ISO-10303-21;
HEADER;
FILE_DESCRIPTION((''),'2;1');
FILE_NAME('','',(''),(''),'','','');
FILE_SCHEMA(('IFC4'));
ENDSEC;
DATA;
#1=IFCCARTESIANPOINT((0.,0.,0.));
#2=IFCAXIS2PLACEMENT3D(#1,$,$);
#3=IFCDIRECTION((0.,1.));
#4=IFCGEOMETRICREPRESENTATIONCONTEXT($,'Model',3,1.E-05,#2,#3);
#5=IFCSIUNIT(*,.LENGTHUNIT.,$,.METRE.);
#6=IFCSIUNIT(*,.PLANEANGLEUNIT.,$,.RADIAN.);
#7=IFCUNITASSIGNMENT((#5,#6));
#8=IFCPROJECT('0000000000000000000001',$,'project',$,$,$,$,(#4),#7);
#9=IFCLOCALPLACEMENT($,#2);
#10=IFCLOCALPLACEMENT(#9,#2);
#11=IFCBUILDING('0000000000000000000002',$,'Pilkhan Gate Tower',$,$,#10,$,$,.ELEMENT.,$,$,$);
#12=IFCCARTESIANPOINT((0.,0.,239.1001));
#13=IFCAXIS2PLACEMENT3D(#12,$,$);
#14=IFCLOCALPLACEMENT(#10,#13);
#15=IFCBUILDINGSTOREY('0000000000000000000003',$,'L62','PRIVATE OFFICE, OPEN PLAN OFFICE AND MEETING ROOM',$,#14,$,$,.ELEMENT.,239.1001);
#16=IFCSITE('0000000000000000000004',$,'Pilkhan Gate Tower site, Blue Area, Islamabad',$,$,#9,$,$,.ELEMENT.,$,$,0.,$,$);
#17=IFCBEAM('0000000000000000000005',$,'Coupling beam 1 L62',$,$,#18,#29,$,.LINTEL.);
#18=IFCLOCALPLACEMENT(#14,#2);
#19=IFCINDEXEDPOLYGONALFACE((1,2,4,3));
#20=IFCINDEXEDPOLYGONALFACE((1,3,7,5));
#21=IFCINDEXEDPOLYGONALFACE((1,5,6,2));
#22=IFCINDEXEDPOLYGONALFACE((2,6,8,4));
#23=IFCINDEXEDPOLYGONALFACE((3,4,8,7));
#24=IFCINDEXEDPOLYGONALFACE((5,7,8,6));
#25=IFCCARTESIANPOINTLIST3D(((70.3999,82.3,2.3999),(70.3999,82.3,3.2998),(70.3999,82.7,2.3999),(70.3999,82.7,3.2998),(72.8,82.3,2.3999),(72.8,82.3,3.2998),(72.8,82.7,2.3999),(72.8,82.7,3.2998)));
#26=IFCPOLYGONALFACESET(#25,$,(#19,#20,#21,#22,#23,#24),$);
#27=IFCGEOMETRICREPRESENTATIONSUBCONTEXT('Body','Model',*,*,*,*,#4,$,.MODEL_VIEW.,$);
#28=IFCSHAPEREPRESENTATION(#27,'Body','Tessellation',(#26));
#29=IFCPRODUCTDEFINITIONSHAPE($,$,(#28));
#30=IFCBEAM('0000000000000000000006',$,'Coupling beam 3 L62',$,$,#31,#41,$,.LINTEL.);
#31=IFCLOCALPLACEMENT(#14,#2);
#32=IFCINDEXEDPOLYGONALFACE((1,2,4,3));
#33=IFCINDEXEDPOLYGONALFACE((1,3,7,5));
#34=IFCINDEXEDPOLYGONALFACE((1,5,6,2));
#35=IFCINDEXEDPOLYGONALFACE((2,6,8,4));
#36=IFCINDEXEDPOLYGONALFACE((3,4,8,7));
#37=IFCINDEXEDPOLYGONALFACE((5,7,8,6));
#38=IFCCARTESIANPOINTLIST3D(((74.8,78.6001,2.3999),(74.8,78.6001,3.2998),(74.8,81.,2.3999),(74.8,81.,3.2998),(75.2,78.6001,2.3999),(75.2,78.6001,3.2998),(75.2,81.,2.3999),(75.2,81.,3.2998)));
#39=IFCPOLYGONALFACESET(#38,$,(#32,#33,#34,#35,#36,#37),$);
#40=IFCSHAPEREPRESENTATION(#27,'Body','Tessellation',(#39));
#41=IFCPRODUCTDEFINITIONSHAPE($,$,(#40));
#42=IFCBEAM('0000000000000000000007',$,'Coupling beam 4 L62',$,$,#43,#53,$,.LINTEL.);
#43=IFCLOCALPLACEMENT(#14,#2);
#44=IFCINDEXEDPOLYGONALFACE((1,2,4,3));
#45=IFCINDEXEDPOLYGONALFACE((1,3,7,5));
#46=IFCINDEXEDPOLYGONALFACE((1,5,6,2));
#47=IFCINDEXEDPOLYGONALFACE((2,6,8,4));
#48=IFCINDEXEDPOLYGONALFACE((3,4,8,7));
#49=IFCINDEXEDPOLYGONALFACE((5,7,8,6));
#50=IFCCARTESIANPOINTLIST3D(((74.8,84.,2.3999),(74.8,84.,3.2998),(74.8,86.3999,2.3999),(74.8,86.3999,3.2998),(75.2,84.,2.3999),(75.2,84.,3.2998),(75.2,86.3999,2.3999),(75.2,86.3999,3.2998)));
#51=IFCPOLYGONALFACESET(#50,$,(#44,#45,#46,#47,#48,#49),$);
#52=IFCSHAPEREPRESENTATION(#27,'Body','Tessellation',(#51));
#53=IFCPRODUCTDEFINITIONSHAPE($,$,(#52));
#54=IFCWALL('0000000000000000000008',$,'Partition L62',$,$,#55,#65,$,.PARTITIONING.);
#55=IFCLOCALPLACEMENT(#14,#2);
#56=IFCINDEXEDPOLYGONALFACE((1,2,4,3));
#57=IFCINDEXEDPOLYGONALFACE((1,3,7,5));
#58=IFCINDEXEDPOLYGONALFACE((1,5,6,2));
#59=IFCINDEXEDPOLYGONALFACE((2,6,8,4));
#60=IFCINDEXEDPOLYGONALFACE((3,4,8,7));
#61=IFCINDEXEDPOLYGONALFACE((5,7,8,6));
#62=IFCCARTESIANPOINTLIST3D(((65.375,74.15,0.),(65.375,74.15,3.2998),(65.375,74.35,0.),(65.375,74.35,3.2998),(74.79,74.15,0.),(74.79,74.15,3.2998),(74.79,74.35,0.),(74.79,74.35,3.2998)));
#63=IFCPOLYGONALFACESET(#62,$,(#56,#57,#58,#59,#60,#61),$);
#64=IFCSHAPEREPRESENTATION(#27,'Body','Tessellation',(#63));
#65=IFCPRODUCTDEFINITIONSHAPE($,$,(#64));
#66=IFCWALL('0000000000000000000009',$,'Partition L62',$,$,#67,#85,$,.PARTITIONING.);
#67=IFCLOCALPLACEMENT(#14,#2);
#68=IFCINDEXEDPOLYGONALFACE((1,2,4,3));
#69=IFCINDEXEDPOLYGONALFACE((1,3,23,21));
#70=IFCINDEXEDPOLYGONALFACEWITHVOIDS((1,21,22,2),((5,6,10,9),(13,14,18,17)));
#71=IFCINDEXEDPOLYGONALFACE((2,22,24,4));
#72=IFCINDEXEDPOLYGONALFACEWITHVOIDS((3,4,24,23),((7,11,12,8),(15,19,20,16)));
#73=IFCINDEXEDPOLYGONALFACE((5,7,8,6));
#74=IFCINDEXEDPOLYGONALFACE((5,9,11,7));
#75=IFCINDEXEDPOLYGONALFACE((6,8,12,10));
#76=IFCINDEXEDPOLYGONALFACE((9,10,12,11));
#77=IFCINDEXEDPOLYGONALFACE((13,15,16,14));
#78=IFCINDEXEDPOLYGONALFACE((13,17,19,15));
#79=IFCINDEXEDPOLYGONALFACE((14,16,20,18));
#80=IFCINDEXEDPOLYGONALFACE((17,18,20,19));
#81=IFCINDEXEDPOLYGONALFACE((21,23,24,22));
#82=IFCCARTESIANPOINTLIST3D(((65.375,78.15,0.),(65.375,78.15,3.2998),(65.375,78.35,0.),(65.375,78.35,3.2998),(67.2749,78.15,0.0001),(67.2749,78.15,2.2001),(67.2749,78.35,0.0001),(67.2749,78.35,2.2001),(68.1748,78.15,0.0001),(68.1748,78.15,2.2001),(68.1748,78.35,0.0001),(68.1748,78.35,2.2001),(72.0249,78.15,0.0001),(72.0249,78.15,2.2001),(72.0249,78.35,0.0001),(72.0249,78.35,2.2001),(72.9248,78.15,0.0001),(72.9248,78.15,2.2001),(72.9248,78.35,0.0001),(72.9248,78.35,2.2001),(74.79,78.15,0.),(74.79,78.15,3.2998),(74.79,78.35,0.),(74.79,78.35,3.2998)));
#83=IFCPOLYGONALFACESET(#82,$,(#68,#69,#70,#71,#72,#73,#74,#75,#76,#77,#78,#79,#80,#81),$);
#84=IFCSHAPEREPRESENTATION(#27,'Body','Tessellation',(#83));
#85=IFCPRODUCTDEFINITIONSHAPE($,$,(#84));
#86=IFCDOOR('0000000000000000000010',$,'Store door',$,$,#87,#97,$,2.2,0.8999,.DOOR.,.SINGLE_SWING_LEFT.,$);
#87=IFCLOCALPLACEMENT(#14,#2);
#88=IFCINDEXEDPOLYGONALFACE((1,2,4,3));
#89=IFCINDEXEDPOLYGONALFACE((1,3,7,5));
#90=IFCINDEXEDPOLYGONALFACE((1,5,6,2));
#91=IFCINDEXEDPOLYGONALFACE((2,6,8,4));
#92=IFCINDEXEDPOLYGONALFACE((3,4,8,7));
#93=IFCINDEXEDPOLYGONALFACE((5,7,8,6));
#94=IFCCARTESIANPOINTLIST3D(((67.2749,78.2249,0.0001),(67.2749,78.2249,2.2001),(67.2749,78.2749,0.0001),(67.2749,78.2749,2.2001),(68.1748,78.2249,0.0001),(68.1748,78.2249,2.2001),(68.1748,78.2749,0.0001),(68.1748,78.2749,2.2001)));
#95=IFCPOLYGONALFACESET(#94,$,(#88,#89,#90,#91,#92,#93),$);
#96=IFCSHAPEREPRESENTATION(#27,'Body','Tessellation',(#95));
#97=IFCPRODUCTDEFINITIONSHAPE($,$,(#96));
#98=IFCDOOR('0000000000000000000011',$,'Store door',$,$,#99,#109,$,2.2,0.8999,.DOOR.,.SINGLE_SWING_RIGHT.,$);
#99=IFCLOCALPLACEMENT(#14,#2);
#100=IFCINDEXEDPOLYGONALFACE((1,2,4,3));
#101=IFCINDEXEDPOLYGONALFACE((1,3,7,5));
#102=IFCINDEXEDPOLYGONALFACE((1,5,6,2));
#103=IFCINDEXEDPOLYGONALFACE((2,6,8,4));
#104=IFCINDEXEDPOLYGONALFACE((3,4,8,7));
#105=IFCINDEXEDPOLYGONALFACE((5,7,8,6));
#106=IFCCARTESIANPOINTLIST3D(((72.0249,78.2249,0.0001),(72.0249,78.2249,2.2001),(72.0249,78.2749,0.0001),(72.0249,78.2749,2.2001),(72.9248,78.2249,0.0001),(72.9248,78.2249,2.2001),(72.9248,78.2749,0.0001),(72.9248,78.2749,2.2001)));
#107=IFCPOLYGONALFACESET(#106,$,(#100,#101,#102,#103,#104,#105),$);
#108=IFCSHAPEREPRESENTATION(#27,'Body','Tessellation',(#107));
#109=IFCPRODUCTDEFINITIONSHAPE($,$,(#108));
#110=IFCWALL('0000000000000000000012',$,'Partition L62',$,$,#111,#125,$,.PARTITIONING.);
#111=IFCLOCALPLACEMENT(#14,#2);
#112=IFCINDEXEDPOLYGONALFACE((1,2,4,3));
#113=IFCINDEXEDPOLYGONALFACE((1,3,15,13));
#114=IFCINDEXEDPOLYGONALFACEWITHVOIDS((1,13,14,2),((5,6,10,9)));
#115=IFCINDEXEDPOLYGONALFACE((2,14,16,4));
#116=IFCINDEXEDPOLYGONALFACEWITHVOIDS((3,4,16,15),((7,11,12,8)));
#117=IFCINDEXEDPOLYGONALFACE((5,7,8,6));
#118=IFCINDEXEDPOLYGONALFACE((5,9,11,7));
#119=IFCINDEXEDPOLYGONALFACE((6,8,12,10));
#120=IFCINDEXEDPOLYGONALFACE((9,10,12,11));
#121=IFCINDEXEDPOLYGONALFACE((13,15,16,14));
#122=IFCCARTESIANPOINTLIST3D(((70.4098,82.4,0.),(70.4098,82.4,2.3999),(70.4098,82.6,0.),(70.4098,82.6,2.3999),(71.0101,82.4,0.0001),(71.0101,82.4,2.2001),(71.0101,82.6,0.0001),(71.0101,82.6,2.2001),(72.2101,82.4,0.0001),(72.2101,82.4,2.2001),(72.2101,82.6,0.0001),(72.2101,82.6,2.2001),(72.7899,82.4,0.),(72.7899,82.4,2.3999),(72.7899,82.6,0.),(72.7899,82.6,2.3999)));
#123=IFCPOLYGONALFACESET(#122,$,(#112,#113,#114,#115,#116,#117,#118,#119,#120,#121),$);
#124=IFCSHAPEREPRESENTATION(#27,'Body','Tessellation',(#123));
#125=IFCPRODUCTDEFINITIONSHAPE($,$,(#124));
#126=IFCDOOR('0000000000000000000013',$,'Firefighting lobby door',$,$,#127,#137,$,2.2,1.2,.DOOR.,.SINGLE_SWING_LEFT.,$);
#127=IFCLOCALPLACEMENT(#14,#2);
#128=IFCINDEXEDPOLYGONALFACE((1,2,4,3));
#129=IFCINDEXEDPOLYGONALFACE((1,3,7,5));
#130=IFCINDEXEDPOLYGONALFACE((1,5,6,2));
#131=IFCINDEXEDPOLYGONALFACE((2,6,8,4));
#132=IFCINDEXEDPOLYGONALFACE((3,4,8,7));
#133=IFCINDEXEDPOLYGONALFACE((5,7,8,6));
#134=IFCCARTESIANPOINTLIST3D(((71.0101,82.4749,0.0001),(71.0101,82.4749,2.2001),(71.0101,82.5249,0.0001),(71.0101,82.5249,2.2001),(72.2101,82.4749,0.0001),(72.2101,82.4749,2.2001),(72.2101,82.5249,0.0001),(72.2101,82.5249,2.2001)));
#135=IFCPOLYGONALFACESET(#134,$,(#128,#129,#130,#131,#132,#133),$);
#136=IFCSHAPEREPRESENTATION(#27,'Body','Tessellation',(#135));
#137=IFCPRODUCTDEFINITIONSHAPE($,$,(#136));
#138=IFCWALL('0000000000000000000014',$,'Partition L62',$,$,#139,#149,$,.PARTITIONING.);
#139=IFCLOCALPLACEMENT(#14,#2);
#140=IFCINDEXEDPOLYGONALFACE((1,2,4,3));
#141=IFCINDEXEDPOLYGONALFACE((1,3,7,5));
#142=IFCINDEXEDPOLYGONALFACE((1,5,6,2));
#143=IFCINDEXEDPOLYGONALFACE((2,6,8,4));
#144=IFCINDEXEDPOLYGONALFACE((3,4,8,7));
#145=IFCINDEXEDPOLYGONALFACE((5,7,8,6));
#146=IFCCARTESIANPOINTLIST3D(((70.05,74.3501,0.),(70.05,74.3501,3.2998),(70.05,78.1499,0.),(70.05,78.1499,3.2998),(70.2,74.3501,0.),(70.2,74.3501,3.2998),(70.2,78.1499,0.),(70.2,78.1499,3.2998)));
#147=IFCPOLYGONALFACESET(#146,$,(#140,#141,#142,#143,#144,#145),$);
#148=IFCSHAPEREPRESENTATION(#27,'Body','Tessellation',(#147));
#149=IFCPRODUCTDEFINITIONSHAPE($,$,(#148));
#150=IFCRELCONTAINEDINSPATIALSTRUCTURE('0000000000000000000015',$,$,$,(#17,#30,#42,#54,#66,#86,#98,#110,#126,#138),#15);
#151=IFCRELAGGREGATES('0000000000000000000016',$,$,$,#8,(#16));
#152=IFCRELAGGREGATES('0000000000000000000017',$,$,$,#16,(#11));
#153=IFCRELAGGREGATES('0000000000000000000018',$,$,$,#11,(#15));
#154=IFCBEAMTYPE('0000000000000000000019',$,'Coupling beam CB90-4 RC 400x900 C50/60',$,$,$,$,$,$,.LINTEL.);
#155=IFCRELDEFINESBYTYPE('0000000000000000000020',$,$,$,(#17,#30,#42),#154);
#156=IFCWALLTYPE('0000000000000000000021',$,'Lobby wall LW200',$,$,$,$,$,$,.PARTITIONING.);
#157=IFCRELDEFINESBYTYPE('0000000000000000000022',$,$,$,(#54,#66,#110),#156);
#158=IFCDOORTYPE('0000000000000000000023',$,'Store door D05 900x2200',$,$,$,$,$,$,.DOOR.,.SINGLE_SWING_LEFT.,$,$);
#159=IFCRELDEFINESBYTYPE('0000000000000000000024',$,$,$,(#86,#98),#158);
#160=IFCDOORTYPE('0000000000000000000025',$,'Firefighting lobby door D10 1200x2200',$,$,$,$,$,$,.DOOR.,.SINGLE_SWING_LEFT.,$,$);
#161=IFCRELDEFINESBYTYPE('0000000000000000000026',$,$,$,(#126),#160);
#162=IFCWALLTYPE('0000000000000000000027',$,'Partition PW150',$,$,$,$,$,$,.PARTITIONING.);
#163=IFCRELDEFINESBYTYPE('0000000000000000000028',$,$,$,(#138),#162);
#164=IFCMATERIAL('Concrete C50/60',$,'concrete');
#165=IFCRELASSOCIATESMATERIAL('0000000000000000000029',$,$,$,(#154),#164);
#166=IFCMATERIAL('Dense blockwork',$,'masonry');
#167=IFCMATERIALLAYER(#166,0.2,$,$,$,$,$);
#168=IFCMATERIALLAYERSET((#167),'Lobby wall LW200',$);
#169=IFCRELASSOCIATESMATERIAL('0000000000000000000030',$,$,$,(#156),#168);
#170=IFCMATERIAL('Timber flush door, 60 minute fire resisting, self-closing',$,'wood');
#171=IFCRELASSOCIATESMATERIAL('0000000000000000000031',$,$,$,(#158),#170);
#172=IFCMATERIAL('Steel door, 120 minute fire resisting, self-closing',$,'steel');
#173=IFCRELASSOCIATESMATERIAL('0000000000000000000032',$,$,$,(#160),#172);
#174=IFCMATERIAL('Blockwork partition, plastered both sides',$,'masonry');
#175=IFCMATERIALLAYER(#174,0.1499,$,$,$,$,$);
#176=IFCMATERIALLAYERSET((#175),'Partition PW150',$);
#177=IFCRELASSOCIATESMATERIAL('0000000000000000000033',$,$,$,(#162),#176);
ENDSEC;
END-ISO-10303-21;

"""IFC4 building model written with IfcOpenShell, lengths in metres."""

from ifc_helpers import new_model, si_unit, direction, frame, frame_2d, origin, origin_2d, place, context, subcontext, project, spatial, rectangle, extrude, material, layer, layer_set, material_profile, profile_set, type_object, element, fill, save


model = new_model("IFC4")

# Units and contexts
model_context = context("Model", 3, precision=1e-05, world=origin(), true_north=direction((0.0, 1.0)))
body_context = subcontext(model_context, "Body", "Model", "MODEL_VIEW")
ifc_project = project(units=[si_unit("LENGTHUNIT", "METRE"), si_unit("PLANEANGLEUNIT", "RADIAN")], contexts=[model_context])

# Site, building, storey
site_placement = place(None, origin())
site = spatial("IfcSite", under=ifc_project, at=site_placement, Name="Pilkhan Gate Tower site, Blue Area, Islamabad", CompositionType="ELEMENT", RefElevation=0.0)
building_placement = place(site_placement, origin())
building = spatial("IfcBuilding", under=site, at=building_placement, Name="Pilkhan Gate Tower", CompositionType="ELEMENT")
storey_placement = place(building_placement, frame((0.0, 0.0, 239.1001)))
storey = spatial("IfcBuildingStorey", under=building, at=storey_placement, Name="L62", Description="PRIVATE OFFICE, OPEN PLAN OFFICE AND MEETING ROOM", CompositionType="ELEMENT", Elevation=239.1001)

# Beams
ifc_material_1 = material(Name="Concrete C50/60", Category="concrete")
ifc_material_profile = material_profile(ifc_material_1, rectangle(XDim=0.3999, YDim=0.8999, at=origin_2d()), Name="RC 400x900")
ifc_profile_set = profile_set([ifc_material_profile], Name="Concrete C50/60")
beam_type = type_object("IfcBeamType", Name="Coupling beam CB90-4 RC 400x900 C50/60", PredefinedType="LINTEL", material=ifc_profile_set)
beam_placement = place(storey_placement, frame((70.3999, 82.5, 2.8499), z_axis=(1.0, 0.0, 0.0), x_axis=(0.0, 1.0, 0.0)))
element("IfcBeam", 1, at=beam_placement, inside=storey, type_object=beam_type, Name="Coupling beam 1 L62", PredefinedType="LINTEL", context=body_context, shape_type="SweptSolid", body=[
    extrude(rectangle(XDim=0.3999, YDim=0.8999, at=origin_2d()), origin(), (0.0, 0.0, 1.0), 2.4001),
])
for number, where, z_axis, x_axis, name in (
    (2, (75.0, 78.6001, 2.8499), (0.0, 1.0, 0.0), (-1.0, 0.0, 0.0), "Coupling beam 3 L62"),
    (3, (75.0, 84.0, 2.8499), (0.0, 1.0, 0.0), (-1.0, 0.0, 0.0), "Coupling beam 4 L62"),
):
    element("IfcBeam", number, at=place(storey_placement, frame(where, z_axis=z_axis, x_axis=x_axis)), inside=storey, type_object=beam_type, Name=name, PredefinedType="LINTEL", context=body_context, shape_type="SweptSolid", body=[
        extrude(rectangle(XDim=0.3999, YDim=0.8999, at=origin_2d()), origin(), (0.0, 0.0, 1.0), 2.3999),
    ])

# Wall
ifc_material_2 = material(Name="Dense blockwork", Category="masonry")
ifc_layer_1 = layer(ifc_material_2, 0.2)
ifc_layer_set_1 = layer_set([ifc_layer_1], Name="Lobby wall LW200")
wall_type_1 = type_object("IfcWallType", Name="Lobby wall LW200", PredefinedType="PARTITIONING", material=ifc_layer_set_1)
wall_1_placement = place(storey_placement, frame((65.375, 74.25, 0.0), z_axis=(0.0, 0.0, 1.0), x_axis=(1.0, 0.0, 0.0)))
element("IfcWall", 4, at=wall_1_placement, inside=storey, type_object=wall_type_1, Name="Partition L62", PredefinedType="PARTITIONING", context=body_context, shape_type="SweptSolid", body=[
    extrude(rectangle(XDim=9.415, YDim=0.2, at=frame_2d((4.7075, 0.0))), origin(), (0.0, 0.0, 1.0), 3.2998),
])

# Wall, openings, doors
wall_2_placement = place(storey_placement, frame((65.375, 78.25, 0.0), z_axis=(0.0, 0.0, 1.0), x_axis=(1.0, 0.0, 0.0)))
wall_2 = element("IfcWall", 5, at=wall_2_placement, inside=storey, type_object=wall_type_1, Name="Partition L62", PredefinedType="PARTITIONING", context=body_context, shape_type="SweptSolid", body=[
    extrude(rectangle(XDim=9.415, YDim=0.2, at=frame_2d((4.7075, 0.0))), origin(), (0.0, 0.0, 1.0), 3.2998),
])
opening_1_placement = place(wall_2_placement, frame((1.8999, 0.0, 0.0)))
opening_1 = element("IfcOpeningElement", 6, at=opening_1_placement, cuts=wall_2, PredefinedType="OPENING", context=body_context, shape_type="SweptSolid", body=[
    extrude(rectangle(XDim=0.8999, YDim=2.2, at=frame_2d((0.45, 1.1001))), frame((0.0, 0.1099, 0.0), z_axis=(0.0, -1.0, 0.0), x_axis=(1.0, 0.0, 0.0)), (0.0, 0.0, 1.0), 0.22),
])
opening_2_placement = place(wall_2_placement, frame((6.6499, 0.0, 0.0)))
opening_2 = element("IfcOpeningElement", 7, at=opening_2_placement, cuts=wall_2, PredefinedType="OPENING", context=body_context, shape_type="SweptSolid", body=[
    extrude(rectangle(XDim=0.8999, YDim=2.2, at=frame_2d((0.45, 1.1001))), frame((0.0, 0.1099, 0.0), z_axis=(0.0, -1.0, 0.0), x_axis=(1.0, 0.0, 0.0)), (0.0, 0.0, 1.0), 0.22),
])
ifc_material_3 = material(Name="Timber flush door, 60 minute fire resisting, self-closing", Category="wood")
door_type_1 = type_object("IfcDoorType", Name="Store door D05 900x2200", OperationType="SINGLE_SWING_LEFT", PredefinedType="DOOR", material=ifc_material_3)
door_1_placement = place(opening_1_placement, origin())
door_1 = element("IfcDoor", 8, at=door_1_placement, inside=storey, type_object=door_type_1, Name="Store door", OperationType="SINGLE_SWING_LEFT", OverallHeight=2.2, OverallWidth=0.8999, PredefinedType="DOOR", context=body_context, shape_type="SweptSolid", body=[
    extrude(rectangle(XDim=0.8999, YDim=2.2, at=frame_2d((0.45, 1.1001))), frame((0.0, 0.0249, 0.0), z_axis=(0.0, -1.0, 0.0), x_axis=(1.0, 0.0, 0.0)), (0.0, 0.0, 1.0), 0.05),
])
fill(opening_1, door_1)
door_2_placement = place(opening_2_placement, origin())
door_2 = element("IfcDoor", 9, at=door_2_placement, inside=storey, type_object=door_type_1, Name="Store door", OperationType="SINGLE_SWING_RIGHT", OverallHeight=2.2, OverallWidth=0.8999, PredefinedType="DOOR", context=body_context, shape_type="SweptSolid", body=[
    extrude(rectangle(XDim=0.8999, YDim=2.2, at=frame_2d((0.45, 1.1001))), frame((0.0, 0.0249, 0.0), z_axis=(0.0, -1.0, 0.0), x_axis=(1.0, 0.0, 0.0)), (0.0, 0.0, 1.0), 0.05),
])
fill(opening_2, door_2)

# Wall, opening, door
wall_3_placement = place(storey_placement, frame((70.4099, 82.5, 0.0), z_axis=(0.0, 0.0, 1.0), x_axis=(1.0, 0.0, 0.0)))
wall_3 = element("IfcWall", 10, at=wall_3_placement, inside=storey, type_object=wall_type_1, Name="Partition L62", PredefinedType="PARTITIONING", context=body_context, shape_type="SweptSolid", body=[
    extrude(rectangle(XDim=2.3801, YDim=0.2, at=frame_2d((1.1899, 0.0))), origin(), (0.0, 0.0, 1.0), 2.3999),
])
opening_3_placement = place(wall_3_placement, frame((0.6001, 0.0, 0.0)))
opening_3 = element("IfcOpeningElement", 11, at=opening_3_placement, cuts=wall_3, PredefinedType="OPENING", context=body_context, shape_type="SweptSolid", body=[
    extrude(rectangle(XDim=1.2, YDim=2.2, at=frame_2d((0.6001, 1.1001))), frame((0.0, 0.1099, 0.0), z_axis=(0.0, -1.0, 0.0), x_axis=(1.0, 0.0, 0.0)), (0.0, 0.0, 1.0), 0.22),
])
ifc_material_4 = material(Name="Steel door, 120 minute fire resisting, self-closing", Category="steel")
door_type_2 = type_object("IfcDoorType", Name="Firefighting lobby door D10 1200x2200", OperationType="SINGLE_SWING_LEFT", PredefinedType="DOOR", material=ifc_material_4)
door_3_placement = place(opening_3_placement, origin())
door_3 = element("IfcDoor", 12, at=door_3_placement, inside=storey, type_object=door_type_2, Name="Firefighting lobby door", OperationType="SINGLE_SWING_LEFT", OverallHeight=2.2, OverallWidth=1.2, PredefinedType="DOOR", context=body_context, shape_type="SweptSolid", body=[
    extrude(rectangle(XDim=1.2, YDim=2.2, at=frame_2d((0.6001, 1.1001))), frame((0.0, 0.0249, 0.0), z_axis=(0.0, -1.0, 0.0), x_axis=(1.0, 0.0, 0.0)), (0.0, 0.0, 1.0), 0.05),
])
fill(opening_3, door_3)

# Wall
ifc_material_5 = material(Name="Blockwork partition, plastered both sides", Category="masonry")
ifc_layer_2 = layer(ifc_material_5, 0.1499)
ifc_layer_set_2 = layer_set([ifc_layer_2], Name="Partition PW150")
wall_type_2 = type_object("IfcWallType", Name="Partition PW150", PredefinedType="PARTITIONING", material=ifc_layer_set_2)
wall_4_placement = place(storey_placement, frame((70.125, 74.3501, 0.0), z_axis=(0.0, 0.0, 1.0), x_axis=(0.0, 1.0, 0.0)))
element("IfcWall", 13, at=wall_4_placement, inside=storey, type_object=wall_type_2, Name="Partition L62", PredefinedType="PARTITIONING", context=body_context, shape_type="SweptSolid", body=[
    extrude(rectangle(XDim=3.7998, YDim=0.1499, at=frame_2d((1.8999, 0.0))), origin(), (0.0, 0.0, 1.0), 3.2998),
])

save(model, "model.ifc")
